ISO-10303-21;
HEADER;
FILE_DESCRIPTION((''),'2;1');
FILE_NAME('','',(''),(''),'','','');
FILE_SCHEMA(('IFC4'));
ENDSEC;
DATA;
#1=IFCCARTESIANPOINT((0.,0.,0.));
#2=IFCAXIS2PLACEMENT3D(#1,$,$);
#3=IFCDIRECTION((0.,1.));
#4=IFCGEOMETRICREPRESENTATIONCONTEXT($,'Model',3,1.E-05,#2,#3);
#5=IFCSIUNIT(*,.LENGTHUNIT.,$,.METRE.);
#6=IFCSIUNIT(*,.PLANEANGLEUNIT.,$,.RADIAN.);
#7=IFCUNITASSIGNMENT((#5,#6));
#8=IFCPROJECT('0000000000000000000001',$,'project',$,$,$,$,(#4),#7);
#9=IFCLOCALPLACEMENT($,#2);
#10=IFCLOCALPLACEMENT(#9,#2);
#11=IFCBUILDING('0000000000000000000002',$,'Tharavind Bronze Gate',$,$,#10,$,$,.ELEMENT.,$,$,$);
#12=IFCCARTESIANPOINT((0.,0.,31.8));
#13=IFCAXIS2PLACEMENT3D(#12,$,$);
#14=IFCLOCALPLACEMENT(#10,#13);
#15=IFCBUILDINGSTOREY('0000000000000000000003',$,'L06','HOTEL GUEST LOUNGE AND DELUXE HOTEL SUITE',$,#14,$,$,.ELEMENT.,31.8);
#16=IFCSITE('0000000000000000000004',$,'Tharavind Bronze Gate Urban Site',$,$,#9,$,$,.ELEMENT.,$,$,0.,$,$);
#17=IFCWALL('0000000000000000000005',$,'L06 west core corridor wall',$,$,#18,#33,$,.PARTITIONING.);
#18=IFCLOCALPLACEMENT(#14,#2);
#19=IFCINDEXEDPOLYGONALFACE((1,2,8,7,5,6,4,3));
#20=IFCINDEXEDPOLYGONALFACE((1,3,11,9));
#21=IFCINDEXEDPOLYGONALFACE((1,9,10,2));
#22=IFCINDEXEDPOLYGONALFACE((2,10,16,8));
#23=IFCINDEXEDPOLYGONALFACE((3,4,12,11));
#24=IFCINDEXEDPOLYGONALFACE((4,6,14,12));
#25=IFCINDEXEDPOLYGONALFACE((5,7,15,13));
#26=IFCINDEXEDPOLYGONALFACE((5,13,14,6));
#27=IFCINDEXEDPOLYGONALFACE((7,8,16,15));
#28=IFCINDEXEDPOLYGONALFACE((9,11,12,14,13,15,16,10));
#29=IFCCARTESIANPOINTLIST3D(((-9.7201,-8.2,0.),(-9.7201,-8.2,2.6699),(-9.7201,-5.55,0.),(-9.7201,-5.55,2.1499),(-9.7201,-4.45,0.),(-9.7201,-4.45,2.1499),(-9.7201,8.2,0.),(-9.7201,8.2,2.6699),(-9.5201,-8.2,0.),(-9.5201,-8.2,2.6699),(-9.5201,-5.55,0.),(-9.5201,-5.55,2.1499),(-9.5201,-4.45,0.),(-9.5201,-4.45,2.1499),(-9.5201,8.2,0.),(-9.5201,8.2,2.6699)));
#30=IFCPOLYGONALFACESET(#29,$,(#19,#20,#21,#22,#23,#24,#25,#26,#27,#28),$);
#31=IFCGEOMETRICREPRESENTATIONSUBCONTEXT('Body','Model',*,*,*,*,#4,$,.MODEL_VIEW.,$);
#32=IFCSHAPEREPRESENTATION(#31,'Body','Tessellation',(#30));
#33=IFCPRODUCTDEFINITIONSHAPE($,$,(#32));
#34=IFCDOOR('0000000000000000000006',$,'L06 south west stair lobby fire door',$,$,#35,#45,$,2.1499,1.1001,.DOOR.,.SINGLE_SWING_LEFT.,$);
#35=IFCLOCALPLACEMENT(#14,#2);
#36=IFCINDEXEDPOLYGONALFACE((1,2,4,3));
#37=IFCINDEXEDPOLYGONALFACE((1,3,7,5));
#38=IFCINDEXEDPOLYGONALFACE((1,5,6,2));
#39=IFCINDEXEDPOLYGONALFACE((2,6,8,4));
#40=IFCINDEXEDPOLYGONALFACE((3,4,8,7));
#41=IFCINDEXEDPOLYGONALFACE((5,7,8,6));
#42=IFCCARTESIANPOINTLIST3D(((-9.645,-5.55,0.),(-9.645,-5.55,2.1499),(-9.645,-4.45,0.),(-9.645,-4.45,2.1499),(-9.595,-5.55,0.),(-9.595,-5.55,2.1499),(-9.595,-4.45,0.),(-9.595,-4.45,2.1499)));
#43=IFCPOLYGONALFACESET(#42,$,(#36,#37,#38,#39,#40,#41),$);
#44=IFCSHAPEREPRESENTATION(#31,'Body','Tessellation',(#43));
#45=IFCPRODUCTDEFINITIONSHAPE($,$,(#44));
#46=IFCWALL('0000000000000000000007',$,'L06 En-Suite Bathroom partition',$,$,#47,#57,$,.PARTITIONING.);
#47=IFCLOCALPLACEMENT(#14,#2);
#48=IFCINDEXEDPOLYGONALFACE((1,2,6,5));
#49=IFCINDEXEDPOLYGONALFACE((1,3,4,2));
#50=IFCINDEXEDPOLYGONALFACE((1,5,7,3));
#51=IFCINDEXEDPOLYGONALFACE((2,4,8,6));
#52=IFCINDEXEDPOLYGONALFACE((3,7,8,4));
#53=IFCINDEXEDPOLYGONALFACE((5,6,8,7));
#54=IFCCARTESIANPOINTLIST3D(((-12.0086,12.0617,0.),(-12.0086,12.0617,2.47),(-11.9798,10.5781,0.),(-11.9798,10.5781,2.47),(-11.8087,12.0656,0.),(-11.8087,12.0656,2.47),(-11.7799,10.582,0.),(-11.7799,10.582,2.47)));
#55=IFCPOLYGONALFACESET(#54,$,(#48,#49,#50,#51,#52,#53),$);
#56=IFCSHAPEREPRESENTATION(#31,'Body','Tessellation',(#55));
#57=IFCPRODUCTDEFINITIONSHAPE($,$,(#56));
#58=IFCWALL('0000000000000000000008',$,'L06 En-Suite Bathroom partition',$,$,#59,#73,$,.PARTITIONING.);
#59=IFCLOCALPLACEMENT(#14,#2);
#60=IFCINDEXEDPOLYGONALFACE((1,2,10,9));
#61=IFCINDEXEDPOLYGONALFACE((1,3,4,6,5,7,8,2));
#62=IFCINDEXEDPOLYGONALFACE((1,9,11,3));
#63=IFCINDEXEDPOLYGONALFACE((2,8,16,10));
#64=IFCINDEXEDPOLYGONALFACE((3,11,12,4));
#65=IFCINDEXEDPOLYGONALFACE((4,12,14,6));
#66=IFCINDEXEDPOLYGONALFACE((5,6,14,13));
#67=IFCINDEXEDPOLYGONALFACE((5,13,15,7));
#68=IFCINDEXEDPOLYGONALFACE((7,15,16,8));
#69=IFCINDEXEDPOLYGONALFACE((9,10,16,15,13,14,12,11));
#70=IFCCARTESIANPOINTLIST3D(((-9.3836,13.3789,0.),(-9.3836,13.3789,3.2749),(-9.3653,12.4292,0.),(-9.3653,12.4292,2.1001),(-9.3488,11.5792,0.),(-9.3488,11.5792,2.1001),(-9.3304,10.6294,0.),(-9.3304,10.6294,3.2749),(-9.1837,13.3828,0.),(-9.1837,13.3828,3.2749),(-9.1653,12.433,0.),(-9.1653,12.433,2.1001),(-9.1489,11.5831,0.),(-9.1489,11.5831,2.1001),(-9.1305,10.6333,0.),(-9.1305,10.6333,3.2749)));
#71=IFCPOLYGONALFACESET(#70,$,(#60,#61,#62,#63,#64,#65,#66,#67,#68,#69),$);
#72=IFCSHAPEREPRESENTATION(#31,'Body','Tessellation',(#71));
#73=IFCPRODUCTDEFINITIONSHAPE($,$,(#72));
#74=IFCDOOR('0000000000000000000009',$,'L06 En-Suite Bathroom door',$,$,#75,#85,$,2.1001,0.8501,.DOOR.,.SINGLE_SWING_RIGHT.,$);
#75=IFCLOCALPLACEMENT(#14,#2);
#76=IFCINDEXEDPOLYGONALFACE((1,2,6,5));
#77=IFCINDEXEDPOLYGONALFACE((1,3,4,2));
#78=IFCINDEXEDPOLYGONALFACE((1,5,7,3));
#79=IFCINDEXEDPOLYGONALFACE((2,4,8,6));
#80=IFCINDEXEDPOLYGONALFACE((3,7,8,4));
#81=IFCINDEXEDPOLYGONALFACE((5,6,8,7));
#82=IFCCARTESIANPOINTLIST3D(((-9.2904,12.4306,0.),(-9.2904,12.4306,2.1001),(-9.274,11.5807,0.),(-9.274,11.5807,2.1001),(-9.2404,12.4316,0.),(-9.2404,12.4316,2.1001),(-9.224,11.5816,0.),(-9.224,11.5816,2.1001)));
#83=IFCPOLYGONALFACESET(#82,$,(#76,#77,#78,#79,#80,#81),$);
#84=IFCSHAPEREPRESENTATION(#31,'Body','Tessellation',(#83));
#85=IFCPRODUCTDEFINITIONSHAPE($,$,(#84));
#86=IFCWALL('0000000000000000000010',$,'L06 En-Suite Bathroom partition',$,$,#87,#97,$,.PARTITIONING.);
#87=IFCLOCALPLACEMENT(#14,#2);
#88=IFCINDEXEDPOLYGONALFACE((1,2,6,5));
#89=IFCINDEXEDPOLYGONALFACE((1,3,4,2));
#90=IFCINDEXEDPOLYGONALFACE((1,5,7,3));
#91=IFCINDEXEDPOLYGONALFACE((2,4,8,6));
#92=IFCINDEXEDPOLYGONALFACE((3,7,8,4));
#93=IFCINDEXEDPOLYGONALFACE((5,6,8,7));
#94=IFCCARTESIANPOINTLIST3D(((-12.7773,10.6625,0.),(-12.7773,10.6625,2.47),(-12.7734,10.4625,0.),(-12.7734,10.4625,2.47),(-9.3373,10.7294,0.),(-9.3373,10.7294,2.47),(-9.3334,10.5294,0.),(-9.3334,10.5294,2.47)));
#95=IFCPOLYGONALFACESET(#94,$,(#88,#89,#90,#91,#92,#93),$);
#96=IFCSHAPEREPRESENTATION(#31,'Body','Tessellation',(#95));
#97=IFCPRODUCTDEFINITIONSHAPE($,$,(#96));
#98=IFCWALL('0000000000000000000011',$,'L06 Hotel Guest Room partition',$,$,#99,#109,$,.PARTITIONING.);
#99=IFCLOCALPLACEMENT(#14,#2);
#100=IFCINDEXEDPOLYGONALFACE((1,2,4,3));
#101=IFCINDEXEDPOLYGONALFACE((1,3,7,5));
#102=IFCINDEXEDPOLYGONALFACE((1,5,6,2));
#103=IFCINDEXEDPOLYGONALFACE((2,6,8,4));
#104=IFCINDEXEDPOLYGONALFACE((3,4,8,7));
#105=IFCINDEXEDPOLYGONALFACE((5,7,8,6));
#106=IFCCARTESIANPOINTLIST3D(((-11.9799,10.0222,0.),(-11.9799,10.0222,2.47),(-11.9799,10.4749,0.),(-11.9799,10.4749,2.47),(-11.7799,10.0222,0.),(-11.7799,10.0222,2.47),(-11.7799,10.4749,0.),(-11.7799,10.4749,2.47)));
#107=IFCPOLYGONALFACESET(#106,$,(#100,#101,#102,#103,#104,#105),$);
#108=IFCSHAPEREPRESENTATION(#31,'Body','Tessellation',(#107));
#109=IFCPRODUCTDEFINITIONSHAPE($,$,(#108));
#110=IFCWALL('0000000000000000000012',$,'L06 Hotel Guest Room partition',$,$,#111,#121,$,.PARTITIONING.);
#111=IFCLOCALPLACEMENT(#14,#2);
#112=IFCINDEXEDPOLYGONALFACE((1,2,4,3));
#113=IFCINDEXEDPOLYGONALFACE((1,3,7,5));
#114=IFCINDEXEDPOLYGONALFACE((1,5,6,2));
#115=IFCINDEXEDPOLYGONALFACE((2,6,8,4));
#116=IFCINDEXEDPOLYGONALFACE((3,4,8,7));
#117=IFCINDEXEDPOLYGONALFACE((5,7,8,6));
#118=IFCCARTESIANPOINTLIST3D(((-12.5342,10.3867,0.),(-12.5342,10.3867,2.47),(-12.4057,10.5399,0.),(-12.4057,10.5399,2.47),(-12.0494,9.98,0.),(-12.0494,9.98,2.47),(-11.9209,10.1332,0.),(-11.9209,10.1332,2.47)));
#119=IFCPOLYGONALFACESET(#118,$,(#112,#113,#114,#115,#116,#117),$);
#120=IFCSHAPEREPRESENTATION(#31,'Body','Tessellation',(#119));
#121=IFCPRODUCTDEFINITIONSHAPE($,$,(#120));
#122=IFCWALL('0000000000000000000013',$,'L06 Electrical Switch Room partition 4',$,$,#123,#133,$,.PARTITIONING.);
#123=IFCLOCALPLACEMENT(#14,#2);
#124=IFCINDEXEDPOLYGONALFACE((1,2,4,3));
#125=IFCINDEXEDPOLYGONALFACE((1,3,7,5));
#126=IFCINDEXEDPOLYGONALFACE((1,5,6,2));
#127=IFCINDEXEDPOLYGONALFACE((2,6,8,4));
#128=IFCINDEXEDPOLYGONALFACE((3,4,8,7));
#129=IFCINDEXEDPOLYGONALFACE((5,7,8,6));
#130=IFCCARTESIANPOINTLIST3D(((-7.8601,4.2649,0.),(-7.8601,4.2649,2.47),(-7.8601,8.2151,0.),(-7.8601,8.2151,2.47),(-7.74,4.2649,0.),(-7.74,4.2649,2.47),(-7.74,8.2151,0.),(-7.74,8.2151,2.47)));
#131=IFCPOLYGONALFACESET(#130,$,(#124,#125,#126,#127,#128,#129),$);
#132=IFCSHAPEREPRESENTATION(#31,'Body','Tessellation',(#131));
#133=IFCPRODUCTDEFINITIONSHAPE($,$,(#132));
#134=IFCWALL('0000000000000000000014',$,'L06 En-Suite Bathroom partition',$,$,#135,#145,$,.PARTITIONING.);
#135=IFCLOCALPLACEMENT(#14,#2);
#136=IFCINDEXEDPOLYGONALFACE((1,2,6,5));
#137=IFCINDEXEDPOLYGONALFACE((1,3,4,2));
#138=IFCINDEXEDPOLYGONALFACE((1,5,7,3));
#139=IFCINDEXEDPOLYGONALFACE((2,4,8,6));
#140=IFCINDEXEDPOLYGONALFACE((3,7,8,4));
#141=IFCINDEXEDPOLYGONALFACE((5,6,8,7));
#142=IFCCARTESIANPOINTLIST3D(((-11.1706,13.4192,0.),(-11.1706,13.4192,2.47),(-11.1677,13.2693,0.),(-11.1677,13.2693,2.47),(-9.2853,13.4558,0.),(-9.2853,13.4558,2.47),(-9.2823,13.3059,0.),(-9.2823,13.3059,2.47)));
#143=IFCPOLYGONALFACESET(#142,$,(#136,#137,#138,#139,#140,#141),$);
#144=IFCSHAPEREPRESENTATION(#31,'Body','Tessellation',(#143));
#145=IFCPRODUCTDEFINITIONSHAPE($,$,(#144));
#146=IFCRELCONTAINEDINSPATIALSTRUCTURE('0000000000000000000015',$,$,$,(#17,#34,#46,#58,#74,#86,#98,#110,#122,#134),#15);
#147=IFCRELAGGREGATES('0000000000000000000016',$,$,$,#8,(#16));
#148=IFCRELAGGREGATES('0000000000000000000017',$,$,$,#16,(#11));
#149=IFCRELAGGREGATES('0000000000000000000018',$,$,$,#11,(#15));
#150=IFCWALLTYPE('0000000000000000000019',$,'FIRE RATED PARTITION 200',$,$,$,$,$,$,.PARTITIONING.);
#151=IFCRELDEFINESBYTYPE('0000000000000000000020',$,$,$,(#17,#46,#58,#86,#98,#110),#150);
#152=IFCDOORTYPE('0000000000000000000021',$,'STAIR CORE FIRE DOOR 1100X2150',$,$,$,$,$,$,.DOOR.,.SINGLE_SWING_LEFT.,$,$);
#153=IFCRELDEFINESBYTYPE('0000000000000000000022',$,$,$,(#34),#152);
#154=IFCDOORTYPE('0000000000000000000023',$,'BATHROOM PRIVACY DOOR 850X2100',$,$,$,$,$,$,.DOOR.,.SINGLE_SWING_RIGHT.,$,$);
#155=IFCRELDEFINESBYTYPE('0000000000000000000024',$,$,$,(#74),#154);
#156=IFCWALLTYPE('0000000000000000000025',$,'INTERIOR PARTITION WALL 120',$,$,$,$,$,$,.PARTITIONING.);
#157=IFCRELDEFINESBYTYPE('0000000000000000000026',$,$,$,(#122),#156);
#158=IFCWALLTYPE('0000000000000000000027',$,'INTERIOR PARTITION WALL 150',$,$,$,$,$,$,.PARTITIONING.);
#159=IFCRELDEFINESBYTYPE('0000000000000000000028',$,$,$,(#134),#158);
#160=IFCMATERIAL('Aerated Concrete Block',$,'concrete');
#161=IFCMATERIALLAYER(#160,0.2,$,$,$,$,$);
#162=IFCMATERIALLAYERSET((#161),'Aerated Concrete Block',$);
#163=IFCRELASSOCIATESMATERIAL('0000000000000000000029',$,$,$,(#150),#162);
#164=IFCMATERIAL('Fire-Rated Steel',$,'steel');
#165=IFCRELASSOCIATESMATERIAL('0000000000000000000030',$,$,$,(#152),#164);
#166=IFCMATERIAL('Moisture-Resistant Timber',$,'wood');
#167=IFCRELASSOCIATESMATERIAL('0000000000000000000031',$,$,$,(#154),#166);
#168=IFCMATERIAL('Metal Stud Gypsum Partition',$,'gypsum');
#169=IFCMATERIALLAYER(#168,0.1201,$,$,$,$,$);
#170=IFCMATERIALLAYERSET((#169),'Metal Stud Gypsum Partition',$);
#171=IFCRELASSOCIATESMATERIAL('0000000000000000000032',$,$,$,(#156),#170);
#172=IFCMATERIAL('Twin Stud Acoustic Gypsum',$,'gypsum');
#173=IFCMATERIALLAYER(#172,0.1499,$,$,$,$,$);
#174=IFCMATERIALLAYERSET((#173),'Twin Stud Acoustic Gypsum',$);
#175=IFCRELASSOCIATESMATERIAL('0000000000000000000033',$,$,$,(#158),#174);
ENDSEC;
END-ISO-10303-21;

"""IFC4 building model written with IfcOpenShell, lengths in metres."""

from ifc_helpers import new_model, si_unit, direction, frame, frame_2d, origin, place, context, subcontext, project, spatial, rectangle, extrude, material, layer, layer_set, type_object, element, fill, save


model = new_model("IFC4")

# Units and contexts
model_context = context("Model", 3, precision=1e-05, world=origin(), true_north=direction((0.0, 1.0)))
body_context = subcontext(model_context, "Body", "Model", "MODEL_VIEW")
ifc_project = project(units=[si_unit("LENGTHUNIT", "METRE"), si_unit("PLANEANGLEUNIT", "RADIAN")], contexts=[model_context])

# Site, building, storey
site_placement = place(None, origin())
site = spatial("IfcSite", under=ifc_project, at=site_placement, Name="Tharavind Bronze Gate Urban Site", CompositionType="ELEMENT", RefElevation=0.0)
building_placement = place(site_placement, origin())
building = spatial("IfcBuilding", under=site, at=building_placement, Name="Tharavind Bronze Gate", CompositionType="ELEMENT")
storey_placement = place(building_placement, frame((0.0, 0.0, 31.8)))
storey = spatial("IfcBuildingStorey", under=building, at=storey_placement, Name="L06", Description="HOTEL GUEST LOUNGE AND DELUXE HOTEL SUITE", CompositionType="ELEMENT", Elevation=31.8)

# Wall, opening, door
ifc_material_1 = material(Name="Aerated Concrete Block", Category="concrete")
ifc_layer_1 = layer(ifc_material_1, 0.2)
ifc_layer_set_1 = layer_set([ifc_layer_1], Name="Aerated Concrete Block")
wall_type_1 = type_object("IfcWallType", Name="FIRE RATED PARTITION 200", PredefinedType="PARTITIONING", material=ifc_layer_set_1)
wall_1_placement = place(storey_placement, frame((-9.6201, 8.2, 0.0), z_axis=(0.0, 0.0, 1.0), x_axis=(0.0, -1.0, 0.0)))
wall_1 = element("IfcWall", 1, at=wall_1_placement, inside=storey, type_object=wall_type_1, Name="L06 west core corridor wall", PredefinedType="PARTITIONING", context=body_context, shape_type="SweptSolid", body=[
    extrude(rectangle(XDim=16.3999, YDim=0.2, at=frame_2d((8.2, 0.0))), origin(), (0.0, 0.0, 1.0), 2.6699),
])
opening_1_placement = place(wall_1_placement, frame((12.6499, 0.0, 0.0)))
opening_1 = element("IfcOpeningElement", 2, at=opening_1_placement, cuts=wall_1, PredefinedType="OPENING", context=body_context, shape_type="SweptSolid", body=[
    extrude(rectangle(XDim=1.1001, YDim=2.1499, at=frame_2d((0.55, 1.075))), frame((0.0, 0.1101, 0.0), z_axis=(0.0, -1.0, 0.0), x_axis=(1.0, 0.0, 0.0)), (0.0, 0.0, 1.0), 0.22),
])
ifc_material_2 = material(Name="Fire-Rated Steel", Category="steel")
door_type_1 = type_object("IfcDoorType", Name="STAIR CORE FIRE DOOR 1100X2150", OperationType="SINGLE_SWING_LEFT", PredefinedType="DOOR", material=ifc_material_2)
door_1_placement = place(opening_1_placement, frame((1.1001, 0.0, 0.0), z_axis=(0.0, 0.0, 1.0), x_axis=(-1.0, 0.0, 0.0)))
door_1 = element("IfcDoor", 3, at=door_1_placement, inside=storey, type_object=door_type_1, Name="L06 south west stair lobby fire door", OperationType="SINGLE_SWING_LEFT", OverallHeight=2.1499, OverallWidth=1.1001, PredefinedType="DOOR", context=body_context, shape_type="SweptSolid", body=[
    extrude(rectangle(XDim=1.1001, YDim=2.1499, at=frame_2d((0.55, 1.075))), frame((0.0, 0.0249, 0.0), z_axis=(0.0, -1.0, 0.0), x_axis=(1.0, 0.0, 0.0)), (0.0, 0.0, 1.0), 0.05),
])
fill(opening_1, door_1)

# Wall
wall_2_placement = place(storey_placement, frame((-11.8799, 10.5801, 0.0), z_axis=(0.0, 0.0, 1.0), x_axis=(-0.019414, 0.999812, 0.0)))
element("IfcWall", 4, at=wall_2_placement, inside=storey, type_object=wall_type_1, Name="L06 En-Suite Bathroom partition", PredefinedType="PARTITIONING", context=body_context, shape_type="SweptSolid", body=[
    extrude(rectangle(XDim=1.4839, YDim=0.2, at=frame_2d((0.7419, 0.0))), origin(), (0.0, 0.0, 1.0), 2.47),
])

# Wall, opening, door
wall_3_placement = place(storey_placement, frame((-9.2837, 13.3809, 0.0), z_axis=(0.0, 0.0, 1.0), x_axis=(0.019354, -0.999813, 0.0)))
wall_3 = element("IfcWall", 5, at=wall_3_placement, inside=storey, type_object=wall_type_1, Name="L06 En-Suite Bathroom partition", PredefinedType="PARTITIONING", context=body_context, shape_type="SweptSolid", body=[
    extrude(rectangle(XDim=2.75, YDim=0.2, at=frame_2d((1.375, 0.0))), origin(), (0.0, 0.0, 1.0), 3.2749),
])
opening_2_placement = place(wall_3_placement, frame((0.95, 0.0, 0.0)))
opening_2 = element("IfcOpeningElement", 6, at=opening_2_placement, cuts=wall_3, PredefinedType="OPENING", context=body_context, shape_type="SweptSolid", body=[
    extrude(rectangle(XDim=0.8501, YDim=2.1001, at=frame_2d((0.425, 1.05))), frame((0.0, 0.1101, 0.0), z_axis=(0.0, -1.0, 0.0), x_axis=(1.0, 0.0, 0.0)), (0.0, 0.0, 1.0), 0.22),
])
ifc_material_3 = material(Name="Moisture-Resistant Timber", Category="wood")
door_type_2 = type_object("IfcDoorType", Name="BATHROOM PRIVACY DOOR 850X2100", OperationType="SINGLE_SWING_RIGHT", PredefinedType="DOOR", material=ifc_material_3)
door_2_placement = place(opening_2_placement, origin())
door_2 = element("IfcDoor", 7, at=door_2_placement, inside=storey, type_object=door_type_2, Name="L06 En-Suite Bathroom door", OperationType="SINGLE_SWING_RIGHT", OverallHeight=2.1001, OverallWidth=0.8501, PredefinedType="DOOR", context=body_context, shape_type="SweptSolid", body=[
    extrude(rectangle(XDim=0.8501, YDim=2.1001, at=frame_2d((0.425, 1.05))), frame((0.0, 0.0249, 0.0), z_axis=(0.0, -1.0, 0.0), x_axis=(1.0, 0.0, 0.0)), (0.0, 0.0, 1.0), 0.05),
])
fill(opening_2, door_2)

# Walls
wall_4_placement = place(storey_placement, frame((-9.3354, 10.6294, 0.0), z_axis=(0.0, 0.0, 1.0), x_axis=(-0.999811, -0.019443, 0.0)))
element("IfcWall", 8, at=wall_4_placement, inside=storey, type_object=wall_type_1, Name="L06 En-Suite Bathroom partition", PredefinedType="PARTITIONING", context=body_context, shape_type="SweptSolid", body=[
    extrude(rectangle(XDim=3.4407, YDim=0.2, at=frame_2d((1.7202, 0.0))), origin(), (0.0, 0.0, 1.0), 2.47),
])
wall_5_placement = place(storey_placement, frame((-11.8799, 10.4749, 0.0), z_axis=(0.0, 0.0, 1.0), x_axis=(0.0, -1.0, 0.0)))
element("IfcWall", 9, at=wall_5_placement, inside=storey, type_object=wall_type_1, Name="L06 Hotel Guest Room partition", PredefinedType="PARTITIONING", context=body_context, shape_type="SweptSolid", body=[
    extrude(rectangle(XDim=0.4526, YDim=0.2, at=frame_2d((0.2263, 0.0))), origin(), (0.0, 0.0, 1.0), 2.47),
])
wall_6_placement = place(storey_placement, frame((-11.9851, 10.0566, 0.0), z_axis=(0.0, 0.0, 1.0), x_axis=(-0.76613, 0.642685, 0.0)))
element("IfcWall", 10, at=wall_6_placement, inside=storey, type_object=wall_type_1, Name="L06 Hotel Guest Room partition", PredefinedType="PARTITIONING", context=body_context, shape_type="SweptSolid", body=[
    extrude(rectangle(XDim=0.6328, YDim=0.2, at=frame_2d((0.3164, 0.0))), origin(), (0.0, 0.0, 1.0), 2.47),
])

# Walls
ifc_material_4 = material(Name="Metal Stud Gypsum Partition", Category="gypsum")
ifc_layer_2 = layer(ifc_material_4, 0.1201)
ifc_layer_set_2 = layer_set([ifc_layer_2], Name="Metal Stud Gypsum Partition")
wall_type_2 = type_object("IfcWallType", Name="INTERIOR PARTITION WALL 120", PredefinedType="PARTITIONING", material=ifc_layer_set_2)
wall_7_placement = place(storey_placement, frame((-7.8, 8.2151, 0.0), z_axis=(0.0, 0.0, 1.0), x_axis=(0.0, -1.0, 0.0)))
element("IfcWall", 11, at=wall_7_placement, inside=storey, type_object=wall_type_2, Name="L06 Electrical Switch Room partition 4", PredefinedType="PARTITIONING", context=body_context, shape_type="SweptSolid", body=[
    extrude(rectangle(XDim=3.9502, YDim=0.1201, at=frame_2d((1.9751, 0.0))), origin(), (0.0, 0.0, 1.0), 2.47),
])
ifc_material_5 = material(Name="Twin Stud Acoustic Gypsum", Category="gypsum")
ifc_layer_3 = layer(ifc_material_5, 0.1499)
ifc_layer_set_3 = layer_set([ifc_layer_3], Name="Twin Stud Acoustic Gypsum")
wall_type_3 = type_object("IfcWallType", Name="INTERIOR PARTITION WALL 150", PredefinedType="PARTITIONING", material=ifc_layer_set_3)
wall_8_placement = place(storey_placement, frame((-11.1692, 13.3442, 0.0), z_axis=(0.0, 0.0, 1.0), x_axis=(0.999811, 0.019419, 0.0)))
element("IfcWall", 12, at=wall_8_placement, inside=storey, type_object=wall_type_3, Name="L06 En-Suite Bathroom partition", PredefinedType="PARTITIONING", context=body_context, shape_type="SweptSolid", body=[
    extrude(rectangle(XDim=1.8857, YDim=0.1499, at=frame_2d((0.9429, 0.0))), origin(), (0.0, 0.0, 1.0), 2.47),
])

save(model, "model.ifc")
